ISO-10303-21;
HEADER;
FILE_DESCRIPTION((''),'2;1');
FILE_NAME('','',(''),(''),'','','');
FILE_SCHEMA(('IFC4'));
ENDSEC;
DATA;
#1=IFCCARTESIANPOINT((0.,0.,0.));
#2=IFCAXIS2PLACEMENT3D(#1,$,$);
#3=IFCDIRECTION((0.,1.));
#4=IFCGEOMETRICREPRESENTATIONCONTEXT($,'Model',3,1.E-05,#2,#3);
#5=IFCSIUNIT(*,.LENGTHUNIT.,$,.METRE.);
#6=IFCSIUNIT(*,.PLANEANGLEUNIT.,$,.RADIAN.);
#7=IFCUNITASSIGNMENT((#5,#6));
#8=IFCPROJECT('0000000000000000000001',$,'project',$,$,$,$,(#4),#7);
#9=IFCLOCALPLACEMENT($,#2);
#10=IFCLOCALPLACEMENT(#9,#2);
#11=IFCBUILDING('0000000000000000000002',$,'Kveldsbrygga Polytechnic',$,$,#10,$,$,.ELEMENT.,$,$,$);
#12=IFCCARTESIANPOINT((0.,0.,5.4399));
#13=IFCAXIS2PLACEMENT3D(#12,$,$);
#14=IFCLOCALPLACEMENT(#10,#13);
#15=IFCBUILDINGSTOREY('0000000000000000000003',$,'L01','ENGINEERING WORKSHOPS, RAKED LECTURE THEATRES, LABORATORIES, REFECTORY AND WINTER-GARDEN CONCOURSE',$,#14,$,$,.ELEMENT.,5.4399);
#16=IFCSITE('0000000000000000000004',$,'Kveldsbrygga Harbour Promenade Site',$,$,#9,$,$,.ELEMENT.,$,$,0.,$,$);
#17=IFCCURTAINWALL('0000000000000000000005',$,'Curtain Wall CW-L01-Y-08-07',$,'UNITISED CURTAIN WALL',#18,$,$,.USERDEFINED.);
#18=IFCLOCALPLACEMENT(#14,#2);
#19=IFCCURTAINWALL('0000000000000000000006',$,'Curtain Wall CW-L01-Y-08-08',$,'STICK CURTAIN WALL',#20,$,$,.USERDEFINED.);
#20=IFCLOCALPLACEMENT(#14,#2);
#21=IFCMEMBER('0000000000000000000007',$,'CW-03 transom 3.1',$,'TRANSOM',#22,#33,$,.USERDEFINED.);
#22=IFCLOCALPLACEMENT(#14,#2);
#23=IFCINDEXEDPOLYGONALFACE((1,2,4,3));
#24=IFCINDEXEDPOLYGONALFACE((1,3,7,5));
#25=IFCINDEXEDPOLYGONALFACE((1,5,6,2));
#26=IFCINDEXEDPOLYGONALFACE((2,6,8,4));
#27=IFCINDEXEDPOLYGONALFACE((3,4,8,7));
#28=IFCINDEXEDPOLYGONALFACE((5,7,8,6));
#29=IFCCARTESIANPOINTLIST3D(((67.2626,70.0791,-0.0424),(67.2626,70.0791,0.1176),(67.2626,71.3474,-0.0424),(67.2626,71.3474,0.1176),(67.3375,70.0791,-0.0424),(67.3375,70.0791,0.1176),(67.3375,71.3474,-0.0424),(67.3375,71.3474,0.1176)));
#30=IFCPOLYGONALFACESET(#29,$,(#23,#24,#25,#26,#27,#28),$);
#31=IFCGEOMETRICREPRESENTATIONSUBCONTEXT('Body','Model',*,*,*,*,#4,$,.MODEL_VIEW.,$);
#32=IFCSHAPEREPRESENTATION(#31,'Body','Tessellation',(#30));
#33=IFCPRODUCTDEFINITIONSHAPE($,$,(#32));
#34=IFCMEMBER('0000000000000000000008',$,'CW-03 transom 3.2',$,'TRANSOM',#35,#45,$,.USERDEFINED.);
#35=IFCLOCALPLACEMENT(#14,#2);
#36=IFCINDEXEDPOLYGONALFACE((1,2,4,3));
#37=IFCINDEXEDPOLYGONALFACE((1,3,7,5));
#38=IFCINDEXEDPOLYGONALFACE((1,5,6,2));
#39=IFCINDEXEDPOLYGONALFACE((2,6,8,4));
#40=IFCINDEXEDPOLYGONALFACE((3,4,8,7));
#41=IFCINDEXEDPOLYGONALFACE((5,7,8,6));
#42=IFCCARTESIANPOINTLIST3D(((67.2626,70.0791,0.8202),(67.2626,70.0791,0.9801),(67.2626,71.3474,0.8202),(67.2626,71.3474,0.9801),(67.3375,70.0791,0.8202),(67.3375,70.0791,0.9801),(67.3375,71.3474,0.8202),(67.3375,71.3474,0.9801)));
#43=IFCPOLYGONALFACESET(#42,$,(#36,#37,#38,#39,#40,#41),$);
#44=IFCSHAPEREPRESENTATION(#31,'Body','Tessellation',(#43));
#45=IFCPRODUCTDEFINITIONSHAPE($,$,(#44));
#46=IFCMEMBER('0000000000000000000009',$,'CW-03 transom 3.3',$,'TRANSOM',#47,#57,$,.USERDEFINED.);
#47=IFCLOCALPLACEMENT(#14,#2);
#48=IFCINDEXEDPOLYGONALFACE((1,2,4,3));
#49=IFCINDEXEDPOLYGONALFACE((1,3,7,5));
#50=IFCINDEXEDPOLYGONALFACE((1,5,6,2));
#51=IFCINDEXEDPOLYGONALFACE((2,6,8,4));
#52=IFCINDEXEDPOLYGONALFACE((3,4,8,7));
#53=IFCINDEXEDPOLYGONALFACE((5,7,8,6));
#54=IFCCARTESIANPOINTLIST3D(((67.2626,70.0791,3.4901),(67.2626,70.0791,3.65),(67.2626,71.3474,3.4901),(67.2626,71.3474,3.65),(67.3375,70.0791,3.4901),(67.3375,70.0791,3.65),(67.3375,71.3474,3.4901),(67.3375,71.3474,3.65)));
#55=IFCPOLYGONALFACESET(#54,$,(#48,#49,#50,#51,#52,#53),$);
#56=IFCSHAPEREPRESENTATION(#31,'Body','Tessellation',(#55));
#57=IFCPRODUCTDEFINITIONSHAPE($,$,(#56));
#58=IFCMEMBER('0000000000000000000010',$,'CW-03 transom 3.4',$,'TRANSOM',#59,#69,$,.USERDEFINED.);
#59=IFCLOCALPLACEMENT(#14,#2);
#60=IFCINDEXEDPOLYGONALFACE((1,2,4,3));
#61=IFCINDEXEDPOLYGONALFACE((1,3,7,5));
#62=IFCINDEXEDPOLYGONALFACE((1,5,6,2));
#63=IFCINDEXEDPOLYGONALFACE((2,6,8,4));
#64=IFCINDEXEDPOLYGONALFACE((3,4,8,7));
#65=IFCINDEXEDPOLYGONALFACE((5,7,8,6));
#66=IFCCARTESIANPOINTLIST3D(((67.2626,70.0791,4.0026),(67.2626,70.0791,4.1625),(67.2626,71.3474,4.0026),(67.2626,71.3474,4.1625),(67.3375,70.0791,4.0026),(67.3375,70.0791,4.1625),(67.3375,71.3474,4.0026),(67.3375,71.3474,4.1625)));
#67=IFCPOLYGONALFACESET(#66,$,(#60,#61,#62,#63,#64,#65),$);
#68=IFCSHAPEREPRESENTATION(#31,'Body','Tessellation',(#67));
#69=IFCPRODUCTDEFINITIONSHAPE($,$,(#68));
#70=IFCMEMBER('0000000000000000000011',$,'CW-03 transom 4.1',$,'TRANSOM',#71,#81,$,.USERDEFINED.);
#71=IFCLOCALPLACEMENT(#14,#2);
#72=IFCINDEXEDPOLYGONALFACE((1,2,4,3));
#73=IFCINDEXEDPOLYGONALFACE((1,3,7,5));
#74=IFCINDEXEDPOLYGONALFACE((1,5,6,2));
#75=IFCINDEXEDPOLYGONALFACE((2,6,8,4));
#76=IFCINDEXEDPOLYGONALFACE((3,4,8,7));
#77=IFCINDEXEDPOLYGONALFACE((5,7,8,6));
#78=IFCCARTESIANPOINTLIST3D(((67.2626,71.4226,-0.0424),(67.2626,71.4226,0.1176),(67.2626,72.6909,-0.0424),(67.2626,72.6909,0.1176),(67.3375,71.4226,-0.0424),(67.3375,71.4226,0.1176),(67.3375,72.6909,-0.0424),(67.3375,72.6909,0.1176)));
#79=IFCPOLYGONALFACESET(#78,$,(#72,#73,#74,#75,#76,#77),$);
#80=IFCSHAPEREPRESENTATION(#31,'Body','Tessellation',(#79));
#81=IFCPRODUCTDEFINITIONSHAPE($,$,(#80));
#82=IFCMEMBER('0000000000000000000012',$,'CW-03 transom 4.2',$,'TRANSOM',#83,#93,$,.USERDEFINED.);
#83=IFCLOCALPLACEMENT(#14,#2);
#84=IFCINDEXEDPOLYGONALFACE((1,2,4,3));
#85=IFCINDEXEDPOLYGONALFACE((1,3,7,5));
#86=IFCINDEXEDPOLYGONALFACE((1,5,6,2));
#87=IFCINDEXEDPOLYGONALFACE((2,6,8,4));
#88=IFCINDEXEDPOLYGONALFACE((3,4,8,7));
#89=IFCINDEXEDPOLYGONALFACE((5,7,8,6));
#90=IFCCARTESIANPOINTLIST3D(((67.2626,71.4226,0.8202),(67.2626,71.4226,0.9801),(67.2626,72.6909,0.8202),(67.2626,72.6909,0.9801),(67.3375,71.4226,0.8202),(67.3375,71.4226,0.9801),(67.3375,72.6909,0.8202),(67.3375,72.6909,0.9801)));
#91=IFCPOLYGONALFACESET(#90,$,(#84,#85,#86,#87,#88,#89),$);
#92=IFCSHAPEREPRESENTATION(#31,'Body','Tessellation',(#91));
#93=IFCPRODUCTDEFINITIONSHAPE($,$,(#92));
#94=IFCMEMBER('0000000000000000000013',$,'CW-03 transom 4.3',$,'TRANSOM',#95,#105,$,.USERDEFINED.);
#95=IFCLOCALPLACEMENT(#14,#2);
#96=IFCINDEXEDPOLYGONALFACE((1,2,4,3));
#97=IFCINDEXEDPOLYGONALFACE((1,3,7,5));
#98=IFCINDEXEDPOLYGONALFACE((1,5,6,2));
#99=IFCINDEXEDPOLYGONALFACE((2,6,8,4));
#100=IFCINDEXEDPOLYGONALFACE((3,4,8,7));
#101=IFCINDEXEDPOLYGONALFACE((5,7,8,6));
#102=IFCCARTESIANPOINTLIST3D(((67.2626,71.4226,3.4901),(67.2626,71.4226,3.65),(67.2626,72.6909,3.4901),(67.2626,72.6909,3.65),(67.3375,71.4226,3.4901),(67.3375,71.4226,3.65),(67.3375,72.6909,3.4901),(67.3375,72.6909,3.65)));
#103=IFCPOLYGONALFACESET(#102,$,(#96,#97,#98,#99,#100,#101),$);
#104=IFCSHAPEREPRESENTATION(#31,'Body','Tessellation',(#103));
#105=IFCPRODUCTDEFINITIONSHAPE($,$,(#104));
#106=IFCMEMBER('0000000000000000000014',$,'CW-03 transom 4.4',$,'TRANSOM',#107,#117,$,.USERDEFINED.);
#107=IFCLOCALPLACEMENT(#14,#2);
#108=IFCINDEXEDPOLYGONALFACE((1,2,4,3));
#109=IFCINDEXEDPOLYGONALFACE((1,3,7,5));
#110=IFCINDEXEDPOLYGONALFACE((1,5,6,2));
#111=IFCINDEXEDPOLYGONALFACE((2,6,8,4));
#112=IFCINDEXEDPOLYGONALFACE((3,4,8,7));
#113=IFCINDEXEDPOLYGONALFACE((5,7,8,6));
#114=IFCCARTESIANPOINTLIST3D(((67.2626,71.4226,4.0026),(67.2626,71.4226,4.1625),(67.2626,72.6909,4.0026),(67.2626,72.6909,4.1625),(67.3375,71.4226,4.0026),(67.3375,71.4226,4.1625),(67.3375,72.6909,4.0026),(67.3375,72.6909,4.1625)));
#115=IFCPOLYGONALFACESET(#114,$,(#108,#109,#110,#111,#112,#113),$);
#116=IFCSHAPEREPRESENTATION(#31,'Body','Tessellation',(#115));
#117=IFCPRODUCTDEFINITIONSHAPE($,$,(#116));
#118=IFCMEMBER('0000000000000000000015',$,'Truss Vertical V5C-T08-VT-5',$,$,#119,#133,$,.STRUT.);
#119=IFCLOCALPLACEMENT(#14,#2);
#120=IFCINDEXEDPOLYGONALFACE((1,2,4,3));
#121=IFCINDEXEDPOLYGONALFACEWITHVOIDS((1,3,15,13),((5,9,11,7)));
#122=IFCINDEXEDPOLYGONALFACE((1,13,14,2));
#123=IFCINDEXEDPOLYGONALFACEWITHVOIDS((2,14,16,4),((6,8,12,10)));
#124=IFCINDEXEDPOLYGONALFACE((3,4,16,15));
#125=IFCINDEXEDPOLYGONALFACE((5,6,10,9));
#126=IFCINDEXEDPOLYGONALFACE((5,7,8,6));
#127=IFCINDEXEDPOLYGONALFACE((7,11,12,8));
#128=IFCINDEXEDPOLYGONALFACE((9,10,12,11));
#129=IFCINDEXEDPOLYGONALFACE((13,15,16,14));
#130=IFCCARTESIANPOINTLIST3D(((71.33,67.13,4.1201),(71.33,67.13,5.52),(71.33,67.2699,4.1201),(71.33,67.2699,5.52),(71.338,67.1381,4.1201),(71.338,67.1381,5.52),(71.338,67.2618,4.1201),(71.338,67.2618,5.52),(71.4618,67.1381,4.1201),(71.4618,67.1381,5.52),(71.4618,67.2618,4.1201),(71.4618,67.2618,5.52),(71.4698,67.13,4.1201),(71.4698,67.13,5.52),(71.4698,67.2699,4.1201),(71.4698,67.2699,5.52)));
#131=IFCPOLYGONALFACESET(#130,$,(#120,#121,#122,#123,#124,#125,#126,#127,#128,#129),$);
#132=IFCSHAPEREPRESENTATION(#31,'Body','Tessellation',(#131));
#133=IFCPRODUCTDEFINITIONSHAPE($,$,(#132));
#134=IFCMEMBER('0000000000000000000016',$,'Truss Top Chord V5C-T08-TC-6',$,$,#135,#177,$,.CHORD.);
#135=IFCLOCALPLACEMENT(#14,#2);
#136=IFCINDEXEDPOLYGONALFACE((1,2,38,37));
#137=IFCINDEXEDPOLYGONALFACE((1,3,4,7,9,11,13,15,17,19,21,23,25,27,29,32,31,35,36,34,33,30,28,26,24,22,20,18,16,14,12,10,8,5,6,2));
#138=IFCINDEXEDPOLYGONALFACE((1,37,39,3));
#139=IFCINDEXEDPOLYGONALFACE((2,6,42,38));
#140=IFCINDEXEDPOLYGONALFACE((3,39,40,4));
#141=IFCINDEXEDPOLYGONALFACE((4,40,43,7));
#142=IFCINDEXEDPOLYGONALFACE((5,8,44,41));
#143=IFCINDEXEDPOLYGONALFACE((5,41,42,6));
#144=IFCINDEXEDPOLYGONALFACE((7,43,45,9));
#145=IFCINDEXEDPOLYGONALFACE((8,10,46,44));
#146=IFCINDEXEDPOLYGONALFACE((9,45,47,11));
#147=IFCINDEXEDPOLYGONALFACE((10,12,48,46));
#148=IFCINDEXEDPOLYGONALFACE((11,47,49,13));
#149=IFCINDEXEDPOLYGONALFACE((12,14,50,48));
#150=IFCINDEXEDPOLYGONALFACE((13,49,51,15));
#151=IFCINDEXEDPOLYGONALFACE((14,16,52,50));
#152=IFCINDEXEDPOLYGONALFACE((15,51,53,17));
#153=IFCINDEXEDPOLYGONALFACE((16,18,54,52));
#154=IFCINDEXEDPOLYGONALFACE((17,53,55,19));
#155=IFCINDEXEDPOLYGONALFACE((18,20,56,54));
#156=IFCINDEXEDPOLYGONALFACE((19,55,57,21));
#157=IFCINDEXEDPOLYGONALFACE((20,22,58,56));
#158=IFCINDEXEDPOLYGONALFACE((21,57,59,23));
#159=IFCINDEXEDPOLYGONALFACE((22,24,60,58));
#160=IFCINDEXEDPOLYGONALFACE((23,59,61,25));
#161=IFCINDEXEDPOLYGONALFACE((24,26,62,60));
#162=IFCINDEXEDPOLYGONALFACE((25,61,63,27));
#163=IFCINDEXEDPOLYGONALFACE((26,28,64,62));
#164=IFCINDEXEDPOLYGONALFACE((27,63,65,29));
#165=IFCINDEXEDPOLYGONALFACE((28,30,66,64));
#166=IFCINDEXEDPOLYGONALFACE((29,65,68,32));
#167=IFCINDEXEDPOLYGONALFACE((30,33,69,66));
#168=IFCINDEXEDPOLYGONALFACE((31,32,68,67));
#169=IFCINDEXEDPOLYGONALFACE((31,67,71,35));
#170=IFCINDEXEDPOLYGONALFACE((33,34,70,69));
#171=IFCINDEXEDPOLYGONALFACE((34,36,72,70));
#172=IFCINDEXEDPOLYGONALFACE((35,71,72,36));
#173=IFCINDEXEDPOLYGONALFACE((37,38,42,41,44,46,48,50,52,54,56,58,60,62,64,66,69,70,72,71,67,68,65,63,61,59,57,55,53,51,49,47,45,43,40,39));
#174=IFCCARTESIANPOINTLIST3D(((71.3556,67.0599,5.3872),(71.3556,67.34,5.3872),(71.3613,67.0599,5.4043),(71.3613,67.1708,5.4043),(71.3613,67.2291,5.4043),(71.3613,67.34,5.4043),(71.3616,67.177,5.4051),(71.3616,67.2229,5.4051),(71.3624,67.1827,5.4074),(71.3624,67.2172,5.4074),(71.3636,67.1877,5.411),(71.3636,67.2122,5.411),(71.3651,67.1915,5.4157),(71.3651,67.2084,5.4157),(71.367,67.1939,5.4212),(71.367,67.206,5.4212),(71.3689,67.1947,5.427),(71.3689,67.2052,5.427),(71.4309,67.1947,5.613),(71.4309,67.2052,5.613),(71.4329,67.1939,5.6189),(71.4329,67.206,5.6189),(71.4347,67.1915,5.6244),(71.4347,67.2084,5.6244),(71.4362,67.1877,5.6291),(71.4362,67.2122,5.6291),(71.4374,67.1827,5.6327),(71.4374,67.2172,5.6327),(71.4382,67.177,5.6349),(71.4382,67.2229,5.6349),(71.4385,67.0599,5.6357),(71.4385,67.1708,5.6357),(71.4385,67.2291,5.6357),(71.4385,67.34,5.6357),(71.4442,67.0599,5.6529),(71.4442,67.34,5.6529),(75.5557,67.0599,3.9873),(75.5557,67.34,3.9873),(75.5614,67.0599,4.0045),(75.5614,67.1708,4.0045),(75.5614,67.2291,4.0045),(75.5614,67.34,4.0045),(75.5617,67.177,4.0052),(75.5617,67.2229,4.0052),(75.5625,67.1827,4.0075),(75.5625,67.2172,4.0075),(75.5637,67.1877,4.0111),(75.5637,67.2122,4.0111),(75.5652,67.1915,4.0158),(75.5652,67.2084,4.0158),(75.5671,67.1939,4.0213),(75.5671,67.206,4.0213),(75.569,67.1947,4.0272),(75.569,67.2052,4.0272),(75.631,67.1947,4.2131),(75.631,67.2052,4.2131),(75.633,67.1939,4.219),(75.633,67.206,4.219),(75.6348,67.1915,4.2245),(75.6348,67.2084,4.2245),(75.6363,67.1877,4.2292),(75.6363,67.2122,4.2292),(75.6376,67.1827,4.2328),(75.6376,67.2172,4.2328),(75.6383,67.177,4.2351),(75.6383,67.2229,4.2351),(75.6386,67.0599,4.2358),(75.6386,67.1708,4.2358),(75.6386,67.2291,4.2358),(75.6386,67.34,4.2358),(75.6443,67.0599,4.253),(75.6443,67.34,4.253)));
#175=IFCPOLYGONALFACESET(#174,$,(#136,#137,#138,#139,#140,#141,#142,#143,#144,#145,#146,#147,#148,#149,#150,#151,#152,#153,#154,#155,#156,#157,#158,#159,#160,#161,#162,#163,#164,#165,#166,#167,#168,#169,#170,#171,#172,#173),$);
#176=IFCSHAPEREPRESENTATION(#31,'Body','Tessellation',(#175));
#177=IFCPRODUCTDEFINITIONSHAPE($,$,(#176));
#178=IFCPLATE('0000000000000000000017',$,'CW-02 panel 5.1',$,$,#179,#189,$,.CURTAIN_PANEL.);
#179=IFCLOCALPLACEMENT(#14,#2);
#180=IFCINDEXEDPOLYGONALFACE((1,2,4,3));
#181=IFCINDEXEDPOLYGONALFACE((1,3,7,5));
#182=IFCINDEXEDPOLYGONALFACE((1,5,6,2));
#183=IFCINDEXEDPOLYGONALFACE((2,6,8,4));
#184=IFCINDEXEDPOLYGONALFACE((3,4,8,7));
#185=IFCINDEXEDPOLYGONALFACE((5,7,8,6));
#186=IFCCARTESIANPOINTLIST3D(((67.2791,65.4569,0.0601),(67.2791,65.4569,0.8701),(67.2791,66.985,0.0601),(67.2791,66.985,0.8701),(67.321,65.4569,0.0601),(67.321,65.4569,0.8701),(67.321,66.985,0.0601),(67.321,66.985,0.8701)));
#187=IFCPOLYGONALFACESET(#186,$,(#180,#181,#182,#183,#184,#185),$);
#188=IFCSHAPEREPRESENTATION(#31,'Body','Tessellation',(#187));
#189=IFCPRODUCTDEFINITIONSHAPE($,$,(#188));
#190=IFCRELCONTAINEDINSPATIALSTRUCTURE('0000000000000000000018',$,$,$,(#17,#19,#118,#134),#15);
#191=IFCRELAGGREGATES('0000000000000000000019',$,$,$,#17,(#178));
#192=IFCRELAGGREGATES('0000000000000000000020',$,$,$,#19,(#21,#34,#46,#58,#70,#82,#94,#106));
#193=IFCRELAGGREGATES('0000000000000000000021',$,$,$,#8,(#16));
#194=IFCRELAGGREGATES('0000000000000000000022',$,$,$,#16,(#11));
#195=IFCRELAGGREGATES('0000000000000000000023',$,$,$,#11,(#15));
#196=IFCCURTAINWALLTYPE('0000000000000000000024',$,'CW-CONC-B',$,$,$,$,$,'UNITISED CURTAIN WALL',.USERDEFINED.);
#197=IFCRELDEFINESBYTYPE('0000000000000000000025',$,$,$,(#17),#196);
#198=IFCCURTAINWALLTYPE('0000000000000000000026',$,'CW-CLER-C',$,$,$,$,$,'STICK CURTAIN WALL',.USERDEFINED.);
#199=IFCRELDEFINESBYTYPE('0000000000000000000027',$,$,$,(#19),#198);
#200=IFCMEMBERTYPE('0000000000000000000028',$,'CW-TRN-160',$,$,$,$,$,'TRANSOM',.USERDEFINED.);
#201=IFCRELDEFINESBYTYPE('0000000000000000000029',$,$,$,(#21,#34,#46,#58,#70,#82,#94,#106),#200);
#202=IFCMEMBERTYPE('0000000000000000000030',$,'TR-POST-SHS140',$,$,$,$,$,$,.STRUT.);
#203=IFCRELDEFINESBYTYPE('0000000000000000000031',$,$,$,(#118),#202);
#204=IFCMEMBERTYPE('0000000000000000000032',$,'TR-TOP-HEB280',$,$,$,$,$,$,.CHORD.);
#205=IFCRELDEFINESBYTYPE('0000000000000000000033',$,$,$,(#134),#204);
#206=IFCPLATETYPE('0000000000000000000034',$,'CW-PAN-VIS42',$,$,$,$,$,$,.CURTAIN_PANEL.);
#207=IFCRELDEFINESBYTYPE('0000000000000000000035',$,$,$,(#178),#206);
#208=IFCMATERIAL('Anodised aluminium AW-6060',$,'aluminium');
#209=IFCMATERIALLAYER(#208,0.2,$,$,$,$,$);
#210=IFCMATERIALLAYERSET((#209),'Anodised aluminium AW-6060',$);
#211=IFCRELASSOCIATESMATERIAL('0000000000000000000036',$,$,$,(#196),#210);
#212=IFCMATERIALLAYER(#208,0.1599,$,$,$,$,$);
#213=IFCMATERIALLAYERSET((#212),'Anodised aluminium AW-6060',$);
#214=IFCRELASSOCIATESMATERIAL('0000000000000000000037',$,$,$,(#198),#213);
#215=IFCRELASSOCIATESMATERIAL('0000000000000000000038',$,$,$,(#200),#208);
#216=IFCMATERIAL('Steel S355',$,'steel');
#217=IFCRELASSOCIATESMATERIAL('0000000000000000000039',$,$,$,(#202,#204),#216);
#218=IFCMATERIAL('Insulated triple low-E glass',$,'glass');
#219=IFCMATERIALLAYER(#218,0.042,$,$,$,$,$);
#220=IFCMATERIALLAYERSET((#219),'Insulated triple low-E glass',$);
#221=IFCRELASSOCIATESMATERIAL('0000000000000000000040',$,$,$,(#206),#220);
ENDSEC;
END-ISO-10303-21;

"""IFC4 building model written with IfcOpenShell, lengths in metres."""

from ifc_helpers import new_model, si_unit, direction, frame, origin, origin_2d, place, context, subcontext, project, spatial, rectangle, hollow_rectangle, i_section, extrude, material, layer, layer_set, material_profile, profile_set, type_object, element, aggregate, save


model = new_model("IFC4")

# Units and contexts
model_context = context("Model", 3, precision=1e-05, world=origin(), true_north=direction((0.0, 1.0)))
body_context = subcontext(model_context, "Body", "Model", "MODEL_VIEW")
ifc_project = project(units=[si_unit("LENGTHUNIT", "METRE"), si_unit("PLANEANGLEUNIT", "RADIAN")], contexts=[model_context])

# Site, building, storey
site_placement = place(None, origin())
site = spatial("IfcSite", under=ifc_project, at=site_placement, Name="Kveldsbrygga Harbour Promenade Site", CompositionType="ELEMENT", RefElevation=0.0)
building_placement = place(site_placement, origin())
building = spatial("IfcBuilding", under=site, at=building_placement, Name="Kveldsbrygga Polytechnic", CompositionType="ELEMENT")
storey_placement = place(building_placement, frame((0.0, 0.0, 5.4399)))
storey = spatial("IfcBuildingStorey", under=building, at=storey_placement, Name="L01", Description="ENGINEERING WORKSHOPS, RAKED LECTURE THEATRES, LABORATORIES, REFECTORY AND WINTER-GARDEN CONCOURSE", CompositionType="ELEMENT", Elevation=5.4399)

# Curtain wall
ifc_material_1 = material(Name="Anodised aluminium AW-6060", Category="aluminium")
ifc_layer_1 = layer(ifc_material_1, 0.2)
ifc_layer_set_1 = layer_set([ifc_layer_1], Name="Anodised aluminium AW-6060")
curtain_wall_type_1 = type_object("IfcCurtainWallType", Name="CW-CONC-B", ElementType="UNITISED CURTAIN WALL", PredefinedType="USERDEFINED", material=ifc_layer_set_1)
curtain_wall_1_placement = place(storey_placement, origin())
curtain_wall_1 = element("IfcCurtainWall", 1, at=curtain_wall_1_placement, inside=storey, type_object=curtain_wall_type_1, Name="Curtain Wall CW-L01-Y-08-07", ObjectType="UNITISED CURTAIN WALL", PredefinedType="USERDEFINED")

# Curtain wall, members
ifc_layer_2 = layer(ifc_material_1, 0.1599)
ifc_layer_set_2 = layer_set([ifc_layer_2], Name="Anodised aluminium AW-6060")
curtain_wall_type_2 = type_object("IfcCurtainWallType", Name="CW-CLER-C", ElementType="STICK CURTAIN WALL", PredefinedType="USERDEFINED", material=ifc_layer_set_2)
curtain_wall_2_placement = place(storey_placement, origin())
curtain_wall_2 = element("IfcCurtainWall", 2, at=curtain_wall_2_placement, inside=storey, type_object=curtain_wall_type_2, Name="Curtain Wall CW-L01-Y-08-08", ObjectType="STICK CURTAIN WALL", PredefinedType="USERDEFINED")
ifc_material_profile_1 = material_profile(ifc_material_1, rectangle(XDim=0.075, YDim=0.1599, at=origin_2d()), Name="ALU 75x160")
ifc_profile_set_1 = profile_set([ifc_material_profile_1], Name="Anodised aluminium AW-6060")
member_type_1 = type_object("IfcMemberType", Name="CW-TRN-160", ElementType="TRANSOM", PredefinedType="USERDEFINED", material=ifc_profile_set_1)
member_1_placement = place(storey_placement, frame((67.3, 70.0791, 0.0376), z_axis=(0.0, 1.0, 0.0), x_axis=(-1.0, 0.0, 0.0)))
member_1 = element("IfcMember", 3, at=member_1_placement, type_object=member_type_1, Name="CW-03 transom 3.1", ObjectType="TRANSOM", PredefinedType="USERDEFINED", context=body_context, shape_type="SweptSolid", body=[
    extrude(rectangle(XDim=0.075, YDim=0.1599, at=origin_2d()), origin(), (0.0, 0.0, 1.0), 1.2683),
])
member_2_placement = place(storey_placement, frame((67.3, 70.0791, 0.9001), z_axis=(0.0, 1.0, 0.0), x_axis=(-1.0, 0.0, 0.0)))
member_2 = element("IfcMember", 4, at=member_2_placement, type_object=member_type_1, Name="CW-03 transom 3.2", ObjectType="TRANSOM", PredefinedType="USERDEFINED", context=body_context, shape_type="SweptSolid", body=[
    extrude(rectangle(XDim=0.075, YDim=0.1599, at=origin_2d()), origin(), (0.0, 0.0, 1.0), 1.2683),
])
member_3_placement = place(storey_placement, frame((67.3, 70.0791, 3.5701), z_axis=(0.0, 1.0, 0.0), x_axis=(-1.0, 0.0, 0.0)))
member_3 = element("IfcMember", 5, at=member_3_placement, type_object=member_type_1, Name="CW-03 transom 3.3", ObjectType="TRANSOM", PredefinedType="USERDEFINED", context=body_context, shape_type="SweptSolid", body=[
    extrude(rectangle(XDim=0.075, YDim=0.1599, at=origin_2d()), origin(), (0.0, 0.0, 1.0), 1.2683),
])
member_4_placement = place(storey_placement, frame((67.3, 70.0791, 4.0825), z_axis=(0.0, 1.0, 0.0), x_axis=(-1.0, 0.0, 0.0)))
member_4 = element("IfcMember", 6, at=member_4_placement, type_object=member_type_1, Name="CW-03 transom 3.4", ObjectType="TRANSOM", PredefinedType="USERDEFINED", context=body_context, shape_type="SweptSolid", body=[
    extrude(rectangle(XDim=0.075, YDim=0.1599, at=origin_2d()), origin(), (0.0, 0.0, 1.0), 1.2683),
])
member_5_placement = place(storey_placement, frame((67.3, 71.4226, 0.0376), z_axis=(0.0, 1.0, 0.0), x_axis=(-1.0, 0.0, 0.0)))
member_5 = element("IfcMember", 7, at=member_5_placement, type_object=member_type_1, Name="CW-03 transom 4.1", ObjectType="TRANSOM", PredefinedType="USERDEFINED", context=body_context, shape_type="SweptSolid", body=[
    extrude(rectangle(XDim=0.075, YDim=0.1599, at=origin_2d()), origin(), (0.0, 0.0, 1.0), 1.2683),
])
member_6_placement = place(storey_placement, frame((67.3, 71.4226, 0.9001), z_axis=(0.0, 1.0, 0.0), x_axis=(-1.0, 0.0, 0.0)))
member_6 = element("IfcMember", 8, at=member_6_placement, type_object=member_type_1, Name="CW-03 transom 4.2", ObjectType="TRANSOM", PredefinedType="USERDEFINED", context=body_context, shape_type="SweptSolid", body=[
    extrude(rectangle(XDim=0.075, YDim=0.1599, at=origin_2d()), origin(), (0.0, 0.0, 1.0), 1.2683),
])
member_7_placement = place(storey_placement, frame((67.3, 71.4226, 3.5701), z_axis=(0.0, 1.0, 0.0), x_axis=(-1.0, 0.0, 0.0)))
member_7 = element("IfcMember", 9, at=member_7_placement, type_object=member_type_1, Name="CW-03 transom 4.3", ObjectType="TRANSOM", PredefinedType="USERDEFINED", context=body_context, shape_type="SweptSolid", body=[
    extrude(rectangle(XDim=0.075, YDim=0.1599, at=origin_2d()), origin(), (0.0, 0.0, 1.0), 1.2683),
])
member_8_placement = place(storey_placement, frame((67.3, 71.4226, 4.0825), z_axis=(0.0, 1.0, 0.0), x_axis=(-1.0, 0.0, 0.0)))
member_8 = element("IfcMember", 10, at=member_8_placement, type_object=member_type_1, Name="CW-03 transom 4.4", ObjectType="TRANSOM", PredefinedType="USERDEFINED", context=body_context, shape_type="SweptSolid", body=[
    extrude(rectangle(XDim=0.075, YDim=0.1599, at=origin_2d()), origin(), (0.0, 0.0, 1.0), 1.2683),
])

# Members
ifc_material_2 = material(Name="Steel S355", Category="steel")
ifc_material_profile_2 = material_profile(ifc_material_2, hollow_rectangle(XDim=0.1399, YDim=0.1399, WallThickness=0.0081, at=origin_2d()), Name="SHS 140x140x8.0")
ifc_profile_set_2 = profile_set([ifc_material_profile_2], Name="Steel S355")
member_type_2 = type_object("IfcMemberType", Name="TR-POST-SHS140", PredefinedType="STRUT", material=ifc_profile_set_2)
member_9_placement = place(storey_placement, frame((71.3999, 67.2, 4.1201), z_axis=(0.0, 0.0, 1.0), x_axis=(1.0, 0.0, 0.0)))
element("IfcMember", 11, at=member_9_placement, inside=storey, type_object=member_type_2, Name="Truss Vertical V5C-T08-VT-5", PredefinedType="STRUT", context=body_context, shape_type="SweptSolid", body=[
    extrude(hollow_rectangle(XDim=0.1399, YDim=0.1399, WallThickness=0.0081, at=origin_2d()), origin(), (0.0, 0.0, 1.0), 1.3999),
])
ifc_material_profile_3 = material_profile(ifc_material_2, i_section(OverallWidth=0.28, OverallDepth=0.28, WebThickness=0.0105, FlangeThickness=0.0181, FilletRadius=0.0239, at=origin_2d()), Name="HEB 280")
ifc_profile_set_3 = profile_set([ifc_material_profile_3], Name="Steel S355")
member_type_3 = type_object("IfcMemberType", Name="TR-TOP-HEB280", PredefinedType="CHORD", material=ifc_profile_set_3)
member_10_placement = place(storey_placement, frame((71.3999, 67.2, 5.52), z_axis=(0.948694, 0.0, -0.316195), x_axis=(0.0, 1.0, 0.0)))
element("IfcMember", 12, at=member_10_placement, inside=storey, type_object=member_type_3, Name="Truss Top Chord V5C-T08-TC-6", PredefinedType="CHORD", context=body_context, shape_type="SweptSolid", body=[
    extrude(i_section(OverallWidth=0.28, OverallDepth=0.28, WebThickness=0.0105, FlangeThickness=0.0181, FilletRadius=0.0239, at=origin_2d()), origin(), (0.0, 0.0, 1.0), 4.4272),
])

# Plate
ifc_material_3 = material(Name="Insulated triple low-E glass", Category="glass")
ifc_layer_3 = layer(ifc_material_3, 0.042)
ifc_layer_set_3 = layer_set([ifc_layer_3], Name="Insulated triple low-E glass")
plate_type_1 = type_object("IfcPlateType", Name="CW-PAN-VIS42", PredefinedType="CURTAIN_PANEL", material=ifc_layer_set_3)
plate_1_placement = place(storey_placement, frame((67.3, 66.2209, 0.0601), z_axis=(0.0, 0.0, 1.0), x_axis=(0.0, 1.0, 0.0)))
plate_1 = element("IfcPlate", 13, at=plate_1_placement, type_object=plate_type_1, Name="CW-02 panel 5.1", PredefinedType="CURTAIN_PANEL", context=body_context, shape_type="SweptSolid", body=[
    extrude(rectangle(XDim=1.5281, YDim=0.042, at=origin_2d()), origin(), (0.0, 0.0, 1.0), 0.8101),
])
aggregate(curtain_wall_1, [plate_1])
aggregate(curtain_wall_2, [member_1, member_2, member_3, member_4, member_5, member_6, member_7, member_8])

save(model, "model.ifc")
